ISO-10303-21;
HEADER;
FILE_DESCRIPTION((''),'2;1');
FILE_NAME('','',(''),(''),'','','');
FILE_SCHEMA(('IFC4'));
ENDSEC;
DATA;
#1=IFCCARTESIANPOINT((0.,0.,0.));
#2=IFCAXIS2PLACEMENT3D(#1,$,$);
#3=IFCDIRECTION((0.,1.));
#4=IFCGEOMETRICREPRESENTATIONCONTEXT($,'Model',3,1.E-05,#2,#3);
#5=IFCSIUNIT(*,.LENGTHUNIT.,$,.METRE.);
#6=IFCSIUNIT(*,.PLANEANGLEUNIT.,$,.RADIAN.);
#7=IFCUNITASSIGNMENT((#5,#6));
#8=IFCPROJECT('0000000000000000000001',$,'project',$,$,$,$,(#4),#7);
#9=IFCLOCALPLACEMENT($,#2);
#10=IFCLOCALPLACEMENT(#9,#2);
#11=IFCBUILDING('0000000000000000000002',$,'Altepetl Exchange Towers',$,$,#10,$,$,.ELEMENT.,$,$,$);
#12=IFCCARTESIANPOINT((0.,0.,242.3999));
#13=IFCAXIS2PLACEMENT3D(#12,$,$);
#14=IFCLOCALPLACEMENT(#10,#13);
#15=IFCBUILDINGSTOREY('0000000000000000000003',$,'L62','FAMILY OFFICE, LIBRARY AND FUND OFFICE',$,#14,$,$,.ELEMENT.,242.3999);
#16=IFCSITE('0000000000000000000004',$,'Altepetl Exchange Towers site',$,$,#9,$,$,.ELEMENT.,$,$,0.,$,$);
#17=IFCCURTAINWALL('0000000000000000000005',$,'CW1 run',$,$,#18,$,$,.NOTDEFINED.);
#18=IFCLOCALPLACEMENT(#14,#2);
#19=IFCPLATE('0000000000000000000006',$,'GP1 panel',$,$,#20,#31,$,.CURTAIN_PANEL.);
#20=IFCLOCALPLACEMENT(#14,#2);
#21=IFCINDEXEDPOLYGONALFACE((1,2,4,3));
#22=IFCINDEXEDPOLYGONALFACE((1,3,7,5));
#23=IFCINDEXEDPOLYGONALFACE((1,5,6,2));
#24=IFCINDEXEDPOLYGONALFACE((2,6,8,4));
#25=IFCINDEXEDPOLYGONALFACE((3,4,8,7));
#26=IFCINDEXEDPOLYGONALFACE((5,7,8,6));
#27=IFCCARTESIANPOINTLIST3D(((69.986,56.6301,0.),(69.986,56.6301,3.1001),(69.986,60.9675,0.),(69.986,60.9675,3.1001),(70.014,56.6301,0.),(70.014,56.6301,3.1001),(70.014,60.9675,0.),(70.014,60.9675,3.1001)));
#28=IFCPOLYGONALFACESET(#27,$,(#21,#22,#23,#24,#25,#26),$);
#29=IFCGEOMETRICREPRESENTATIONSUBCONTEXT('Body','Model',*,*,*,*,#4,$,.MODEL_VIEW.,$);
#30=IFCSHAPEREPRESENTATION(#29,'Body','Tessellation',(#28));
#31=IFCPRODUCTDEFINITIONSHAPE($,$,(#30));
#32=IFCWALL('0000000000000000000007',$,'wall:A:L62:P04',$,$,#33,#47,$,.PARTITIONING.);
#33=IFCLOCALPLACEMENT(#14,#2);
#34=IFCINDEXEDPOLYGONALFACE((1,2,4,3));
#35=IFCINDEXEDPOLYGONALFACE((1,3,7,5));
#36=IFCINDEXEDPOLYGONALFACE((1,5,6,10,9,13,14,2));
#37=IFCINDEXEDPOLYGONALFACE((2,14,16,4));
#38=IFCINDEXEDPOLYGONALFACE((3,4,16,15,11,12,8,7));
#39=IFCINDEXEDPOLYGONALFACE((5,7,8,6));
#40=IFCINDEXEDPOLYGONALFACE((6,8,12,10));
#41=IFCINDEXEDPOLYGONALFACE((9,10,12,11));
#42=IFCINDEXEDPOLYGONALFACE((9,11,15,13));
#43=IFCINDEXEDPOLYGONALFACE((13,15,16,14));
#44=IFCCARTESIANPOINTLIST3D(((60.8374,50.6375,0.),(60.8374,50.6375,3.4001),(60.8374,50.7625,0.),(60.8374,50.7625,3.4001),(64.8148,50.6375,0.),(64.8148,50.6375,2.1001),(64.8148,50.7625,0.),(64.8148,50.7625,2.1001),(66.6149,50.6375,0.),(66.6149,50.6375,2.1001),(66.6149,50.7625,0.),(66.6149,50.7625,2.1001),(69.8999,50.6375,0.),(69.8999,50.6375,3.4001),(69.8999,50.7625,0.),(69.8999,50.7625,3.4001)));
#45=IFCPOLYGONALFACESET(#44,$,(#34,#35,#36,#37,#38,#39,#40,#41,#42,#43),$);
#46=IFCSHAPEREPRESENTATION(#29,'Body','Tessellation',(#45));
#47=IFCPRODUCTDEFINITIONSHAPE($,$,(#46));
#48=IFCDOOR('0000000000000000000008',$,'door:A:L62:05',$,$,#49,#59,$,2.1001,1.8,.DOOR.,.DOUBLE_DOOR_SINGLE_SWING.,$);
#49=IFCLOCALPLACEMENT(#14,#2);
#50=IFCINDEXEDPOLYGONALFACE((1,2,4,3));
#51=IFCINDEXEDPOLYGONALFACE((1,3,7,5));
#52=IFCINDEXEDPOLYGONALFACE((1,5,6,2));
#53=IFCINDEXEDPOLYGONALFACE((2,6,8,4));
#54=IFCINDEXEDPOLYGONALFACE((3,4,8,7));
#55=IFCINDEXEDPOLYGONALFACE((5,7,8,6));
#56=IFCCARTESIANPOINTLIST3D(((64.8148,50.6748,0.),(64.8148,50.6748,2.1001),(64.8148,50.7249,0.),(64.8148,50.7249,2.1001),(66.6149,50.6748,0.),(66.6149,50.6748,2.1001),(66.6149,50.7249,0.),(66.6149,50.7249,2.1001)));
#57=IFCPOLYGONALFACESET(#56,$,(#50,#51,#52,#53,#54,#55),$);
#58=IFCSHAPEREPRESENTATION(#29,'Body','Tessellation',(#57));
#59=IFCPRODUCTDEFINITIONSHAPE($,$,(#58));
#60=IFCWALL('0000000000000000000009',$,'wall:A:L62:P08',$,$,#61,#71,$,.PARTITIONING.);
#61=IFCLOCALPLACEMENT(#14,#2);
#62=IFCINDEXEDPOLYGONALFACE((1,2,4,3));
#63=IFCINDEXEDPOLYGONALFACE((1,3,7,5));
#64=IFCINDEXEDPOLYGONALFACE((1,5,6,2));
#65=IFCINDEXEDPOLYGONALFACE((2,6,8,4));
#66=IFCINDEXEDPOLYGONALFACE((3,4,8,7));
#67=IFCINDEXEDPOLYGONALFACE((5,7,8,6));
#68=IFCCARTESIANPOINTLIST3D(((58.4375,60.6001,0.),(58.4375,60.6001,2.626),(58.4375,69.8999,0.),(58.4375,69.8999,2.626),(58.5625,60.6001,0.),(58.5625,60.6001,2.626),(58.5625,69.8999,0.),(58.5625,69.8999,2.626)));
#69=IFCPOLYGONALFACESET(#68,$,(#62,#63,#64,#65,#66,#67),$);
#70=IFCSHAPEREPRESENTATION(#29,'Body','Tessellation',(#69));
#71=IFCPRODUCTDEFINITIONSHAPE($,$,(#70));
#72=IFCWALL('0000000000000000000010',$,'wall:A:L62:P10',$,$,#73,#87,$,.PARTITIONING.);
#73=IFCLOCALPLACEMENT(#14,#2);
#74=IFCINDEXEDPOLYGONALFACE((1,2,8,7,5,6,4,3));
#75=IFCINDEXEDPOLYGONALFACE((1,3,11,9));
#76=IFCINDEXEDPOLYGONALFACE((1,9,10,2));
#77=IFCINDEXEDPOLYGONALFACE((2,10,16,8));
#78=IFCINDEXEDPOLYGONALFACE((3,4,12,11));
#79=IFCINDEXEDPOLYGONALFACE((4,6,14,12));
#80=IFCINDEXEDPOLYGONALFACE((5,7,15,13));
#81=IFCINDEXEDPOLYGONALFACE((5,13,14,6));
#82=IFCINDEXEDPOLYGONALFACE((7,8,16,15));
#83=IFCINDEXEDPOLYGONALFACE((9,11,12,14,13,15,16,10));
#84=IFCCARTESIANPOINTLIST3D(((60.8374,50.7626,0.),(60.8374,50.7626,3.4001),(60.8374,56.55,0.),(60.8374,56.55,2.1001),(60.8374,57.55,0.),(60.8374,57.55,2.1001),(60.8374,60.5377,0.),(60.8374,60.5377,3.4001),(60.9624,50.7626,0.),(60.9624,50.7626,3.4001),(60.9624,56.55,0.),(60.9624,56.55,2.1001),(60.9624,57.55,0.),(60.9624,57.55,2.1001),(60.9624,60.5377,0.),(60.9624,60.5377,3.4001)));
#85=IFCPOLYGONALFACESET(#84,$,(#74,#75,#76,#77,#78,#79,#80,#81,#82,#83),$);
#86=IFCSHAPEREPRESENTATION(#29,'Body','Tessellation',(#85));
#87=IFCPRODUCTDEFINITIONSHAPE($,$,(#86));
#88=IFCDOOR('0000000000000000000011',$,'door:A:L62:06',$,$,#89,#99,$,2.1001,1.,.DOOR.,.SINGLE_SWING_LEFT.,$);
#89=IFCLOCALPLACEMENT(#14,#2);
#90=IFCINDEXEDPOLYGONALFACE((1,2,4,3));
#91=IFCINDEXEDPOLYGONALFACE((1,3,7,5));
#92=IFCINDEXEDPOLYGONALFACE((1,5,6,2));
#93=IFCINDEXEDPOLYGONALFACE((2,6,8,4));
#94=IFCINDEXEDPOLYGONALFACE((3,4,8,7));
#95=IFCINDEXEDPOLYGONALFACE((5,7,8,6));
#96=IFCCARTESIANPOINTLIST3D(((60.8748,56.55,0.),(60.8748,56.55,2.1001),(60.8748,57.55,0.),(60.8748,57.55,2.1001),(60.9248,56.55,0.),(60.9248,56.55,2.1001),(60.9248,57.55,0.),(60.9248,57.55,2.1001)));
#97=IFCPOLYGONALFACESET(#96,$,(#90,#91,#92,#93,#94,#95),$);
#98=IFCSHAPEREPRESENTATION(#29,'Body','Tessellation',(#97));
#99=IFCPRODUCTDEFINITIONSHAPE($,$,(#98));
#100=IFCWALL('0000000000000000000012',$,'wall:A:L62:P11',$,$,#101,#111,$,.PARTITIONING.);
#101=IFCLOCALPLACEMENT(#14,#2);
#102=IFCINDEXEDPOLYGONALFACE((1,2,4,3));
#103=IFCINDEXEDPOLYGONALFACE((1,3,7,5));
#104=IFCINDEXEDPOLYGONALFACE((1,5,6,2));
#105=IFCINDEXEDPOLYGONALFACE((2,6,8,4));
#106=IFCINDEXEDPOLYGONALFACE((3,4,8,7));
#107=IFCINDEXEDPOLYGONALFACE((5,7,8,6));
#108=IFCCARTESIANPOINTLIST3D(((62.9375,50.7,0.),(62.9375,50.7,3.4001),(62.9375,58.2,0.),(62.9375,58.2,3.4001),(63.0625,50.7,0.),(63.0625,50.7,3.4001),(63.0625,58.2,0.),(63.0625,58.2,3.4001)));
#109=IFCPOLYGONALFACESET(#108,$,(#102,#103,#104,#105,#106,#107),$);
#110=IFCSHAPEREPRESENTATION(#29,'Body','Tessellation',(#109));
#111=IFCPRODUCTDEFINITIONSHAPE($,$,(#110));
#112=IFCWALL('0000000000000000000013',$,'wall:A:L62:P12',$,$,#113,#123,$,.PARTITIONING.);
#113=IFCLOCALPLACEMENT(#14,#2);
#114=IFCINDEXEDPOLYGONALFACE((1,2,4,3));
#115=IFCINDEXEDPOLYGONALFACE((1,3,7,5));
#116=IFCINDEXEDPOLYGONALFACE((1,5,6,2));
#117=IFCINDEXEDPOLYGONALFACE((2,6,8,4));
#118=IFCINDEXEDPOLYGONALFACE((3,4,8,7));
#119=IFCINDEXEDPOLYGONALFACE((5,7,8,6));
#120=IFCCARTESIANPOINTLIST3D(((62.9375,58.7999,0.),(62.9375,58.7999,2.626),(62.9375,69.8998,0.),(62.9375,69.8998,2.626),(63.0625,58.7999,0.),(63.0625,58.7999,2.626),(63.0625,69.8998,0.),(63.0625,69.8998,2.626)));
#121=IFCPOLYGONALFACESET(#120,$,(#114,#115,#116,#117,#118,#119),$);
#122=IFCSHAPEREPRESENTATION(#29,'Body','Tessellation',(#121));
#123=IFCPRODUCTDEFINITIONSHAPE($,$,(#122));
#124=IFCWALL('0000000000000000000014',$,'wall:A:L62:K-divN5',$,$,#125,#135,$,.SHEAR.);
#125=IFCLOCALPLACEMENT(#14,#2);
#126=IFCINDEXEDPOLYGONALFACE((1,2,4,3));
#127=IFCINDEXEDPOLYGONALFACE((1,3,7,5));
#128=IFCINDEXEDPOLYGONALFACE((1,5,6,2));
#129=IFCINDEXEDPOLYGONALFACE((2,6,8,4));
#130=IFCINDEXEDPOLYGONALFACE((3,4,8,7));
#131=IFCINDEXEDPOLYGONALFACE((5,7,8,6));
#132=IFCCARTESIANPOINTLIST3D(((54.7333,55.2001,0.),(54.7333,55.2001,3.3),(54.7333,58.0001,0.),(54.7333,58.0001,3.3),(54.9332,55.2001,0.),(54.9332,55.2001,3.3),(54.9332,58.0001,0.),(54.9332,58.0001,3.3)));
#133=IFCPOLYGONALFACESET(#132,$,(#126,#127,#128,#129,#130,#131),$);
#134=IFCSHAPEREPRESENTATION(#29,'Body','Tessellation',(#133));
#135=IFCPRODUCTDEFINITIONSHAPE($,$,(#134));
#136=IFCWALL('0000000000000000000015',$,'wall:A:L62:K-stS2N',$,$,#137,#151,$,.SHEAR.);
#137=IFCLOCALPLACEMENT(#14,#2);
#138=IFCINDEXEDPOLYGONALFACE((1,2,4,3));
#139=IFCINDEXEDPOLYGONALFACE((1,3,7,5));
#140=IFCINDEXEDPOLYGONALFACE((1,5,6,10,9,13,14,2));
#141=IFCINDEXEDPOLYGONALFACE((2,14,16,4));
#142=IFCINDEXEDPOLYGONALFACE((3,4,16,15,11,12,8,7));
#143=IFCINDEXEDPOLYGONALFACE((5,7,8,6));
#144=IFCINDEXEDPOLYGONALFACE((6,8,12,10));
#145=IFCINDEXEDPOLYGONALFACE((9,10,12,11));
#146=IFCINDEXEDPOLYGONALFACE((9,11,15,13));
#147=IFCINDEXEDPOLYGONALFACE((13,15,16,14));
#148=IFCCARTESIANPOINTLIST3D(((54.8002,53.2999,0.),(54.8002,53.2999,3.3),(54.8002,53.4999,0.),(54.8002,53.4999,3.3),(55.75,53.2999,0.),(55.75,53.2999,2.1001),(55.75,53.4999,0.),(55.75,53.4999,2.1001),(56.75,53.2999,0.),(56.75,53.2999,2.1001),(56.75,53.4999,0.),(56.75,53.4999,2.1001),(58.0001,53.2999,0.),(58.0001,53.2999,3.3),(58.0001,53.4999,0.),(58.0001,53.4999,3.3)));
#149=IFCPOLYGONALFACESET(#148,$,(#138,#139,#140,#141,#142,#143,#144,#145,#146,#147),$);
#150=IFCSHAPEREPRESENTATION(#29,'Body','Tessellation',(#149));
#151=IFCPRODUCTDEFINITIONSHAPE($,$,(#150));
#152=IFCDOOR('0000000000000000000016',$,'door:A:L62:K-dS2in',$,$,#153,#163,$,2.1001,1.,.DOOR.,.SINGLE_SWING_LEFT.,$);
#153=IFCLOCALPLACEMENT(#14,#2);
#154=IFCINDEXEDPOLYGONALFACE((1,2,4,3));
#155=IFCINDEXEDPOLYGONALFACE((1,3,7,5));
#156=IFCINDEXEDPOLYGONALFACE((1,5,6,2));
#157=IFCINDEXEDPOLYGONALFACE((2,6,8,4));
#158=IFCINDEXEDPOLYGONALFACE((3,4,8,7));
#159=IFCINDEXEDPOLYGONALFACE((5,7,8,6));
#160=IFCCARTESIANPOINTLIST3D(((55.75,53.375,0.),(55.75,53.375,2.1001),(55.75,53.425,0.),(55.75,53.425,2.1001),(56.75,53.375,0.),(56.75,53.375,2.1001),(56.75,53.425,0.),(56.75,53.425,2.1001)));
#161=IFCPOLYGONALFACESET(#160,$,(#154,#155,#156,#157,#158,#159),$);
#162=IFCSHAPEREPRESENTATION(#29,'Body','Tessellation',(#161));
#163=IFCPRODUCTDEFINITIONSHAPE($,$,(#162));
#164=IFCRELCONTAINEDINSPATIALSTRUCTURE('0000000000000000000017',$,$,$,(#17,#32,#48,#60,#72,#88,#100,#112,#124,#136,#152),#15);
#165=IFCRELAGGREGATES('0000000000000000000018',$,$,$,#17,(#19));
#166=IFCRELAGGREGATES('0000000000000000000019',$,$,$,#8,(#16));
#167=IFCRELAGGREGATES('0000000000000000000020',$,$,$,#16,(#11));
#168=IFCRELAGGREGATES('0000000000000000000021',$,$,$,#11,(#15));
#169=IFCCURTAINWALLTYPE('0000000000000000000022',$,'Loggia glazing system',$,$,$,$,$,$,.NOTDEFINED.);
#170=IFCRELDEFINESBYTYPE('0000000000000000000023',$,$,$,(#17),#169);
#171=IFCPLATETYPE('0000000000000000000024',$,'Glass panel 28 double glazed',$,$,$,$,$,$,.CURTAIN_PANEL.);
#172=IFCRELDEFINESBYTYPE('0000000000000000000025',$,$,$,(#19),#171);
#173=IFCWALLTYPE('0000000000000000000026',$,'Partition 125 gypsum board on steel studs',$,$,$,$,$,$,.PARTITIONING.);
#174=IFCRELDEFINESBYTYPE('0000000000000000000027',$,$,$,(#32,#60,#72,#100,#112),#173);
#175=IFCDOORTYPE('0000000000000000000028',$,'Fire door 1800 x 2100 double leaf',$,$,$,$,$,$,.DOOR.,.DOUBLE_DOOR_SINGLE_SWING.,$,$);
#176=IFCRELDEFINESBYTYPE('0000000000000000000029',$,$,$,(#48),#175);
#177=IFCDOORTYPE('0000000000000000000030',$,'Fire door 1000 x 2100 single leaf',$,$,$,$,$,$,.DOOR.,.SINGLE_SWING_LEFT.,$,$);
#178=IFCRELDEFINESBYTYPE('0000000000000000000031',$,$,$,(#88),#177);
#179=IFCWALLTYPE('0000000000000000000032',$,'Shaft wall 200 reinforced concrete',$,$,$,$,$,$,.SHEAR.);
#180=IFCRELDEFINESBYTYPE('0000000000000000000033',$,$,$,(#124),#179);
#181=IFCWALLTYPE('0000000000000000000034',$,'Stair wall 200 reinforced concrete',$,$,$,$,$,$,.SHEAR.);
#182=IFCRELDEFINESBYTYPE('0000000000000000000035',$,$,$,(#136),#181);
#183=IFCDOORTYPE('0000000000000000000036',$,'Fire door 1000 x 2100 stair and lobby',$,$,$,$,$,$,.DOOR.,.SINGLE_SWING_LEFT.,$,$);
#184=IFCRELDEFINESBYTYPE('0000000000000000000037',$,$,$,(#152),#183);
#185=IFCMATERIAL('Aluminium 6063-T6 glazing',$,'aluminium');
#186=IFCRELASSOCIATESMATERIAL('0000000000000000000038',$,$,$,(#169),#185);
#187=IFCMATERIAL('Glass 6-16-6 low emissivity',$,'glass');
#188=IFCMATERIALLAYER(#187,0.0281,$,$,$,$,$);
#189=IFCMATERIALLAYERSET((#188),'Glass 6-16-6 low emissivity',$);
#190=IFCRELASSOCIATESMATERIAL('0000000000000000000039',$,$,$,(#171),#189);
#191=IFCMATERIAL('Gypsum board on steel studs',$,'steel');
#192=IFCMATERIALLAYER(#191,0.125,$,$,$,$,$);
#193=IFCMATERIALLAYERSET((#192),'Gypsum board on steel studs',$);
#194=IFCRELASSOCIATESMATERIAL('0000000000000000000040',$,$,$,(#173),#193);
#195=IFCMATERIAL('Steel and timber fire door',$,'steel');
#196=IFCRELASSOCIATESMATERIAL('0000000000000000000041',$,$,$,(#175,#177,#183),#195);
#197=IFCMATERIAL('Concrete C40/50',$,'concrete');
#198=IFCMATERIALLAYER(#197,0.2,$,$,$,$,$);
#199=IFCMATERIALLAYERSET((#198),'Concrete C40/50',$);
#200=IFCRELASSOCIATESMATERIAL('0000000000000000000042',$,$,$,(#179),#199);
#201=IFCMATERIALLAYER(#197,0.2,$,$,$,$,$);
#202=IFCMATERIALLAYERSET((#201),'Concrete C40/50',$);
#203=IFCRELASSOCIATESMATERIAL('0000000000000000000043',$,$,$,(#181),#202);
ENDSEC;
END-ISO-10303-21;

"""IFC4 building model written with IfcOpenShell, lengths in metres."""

from ifc_helpers import new_model, si_unit, direction, frame, frame_2d, origin, origin_2d, place, context, subcontext, project, spatial, rectangle, extrude, material, layer, layer_set, type_object, element, fill, aggregate, save


model = new_model("IFC4")

# Units and contexts
model_context = context("Model", 3, precision=1e-05, world=origin(), true_north=direction((0.0, 1.0)))
body_context = subcontext(model_context, "Body", "Model", "MODEL_VIEW")
ifc_project = project(units=[si_unit("LENGTHUNIT", "METRE"), si_unit("PLANEANGLEUNIT", "RADIAN")], contexts=[model_context])

# Site, building, storey
site_placement = place(None, origin())
site = spatial("IfcSite", under=ifc_project, at=site_placement, Name="Altepetl Exchange Towers site", CompositionType="ELEMENT", RefElevation=0.0)
building_placement = place(site_placement, origin())
building = spatial("IfcBuilding", under=site, at=building_placement, Name="Altepetl Exchange Towers", CompositionType="ELEMENT")
storey_placement = place(building_placement, frame((0.0, 0.0, 242.3999)))
storey = spatial("IfcBuildingStorey", under=building, at=storey_placement, Name="L62", Description="FAMILY OFFICE, LIBRARY AND FUND OFFICE", CompositionType="ELEMENT", Elevation=242.3999)

# Curtain wall
ifc_material_1 = material(Name="Aluminium 6063-T6 glazing", Category="aluminium")
curtain_wall_type = type_object("IfcCurtainWallType", Name="Loggia glazing system", PredefinedType="NOTDEFINED", material=ifc_material_1)
curtain_wall_1_placement = place(storey_placement, origin())
curtain_wall_1 = element("IfcCurtainWall", 1, at=curtain_wall_1_placement, inside=storey, type_object=curtain_wall_type, Name="CW1 run", PredefinedType="NOTDEFINED")

# Plate
ifc_material_2 = material(Name="Glass 6-16-6 low emissivity", Category="glass")
ifc_layer_1 = layer(ifc_material_2, 0.0281)
ifc_layer_set_1 = layer_set([ifc_layer_1], Name="Glass 6-16-6 low emissivity")
plate_type = type_object("IfcPlateType", Name="Glass panel 28 double glazed", PredefinedType="CURTAIN_PANEL", material=ifc_layer_set_1)
plate_1_placement = place(storey_placement, frame((70.0, 58.7988, 0.0), z_axis=(0.0, 0.0, 1.0), x_axis=(0.0, 1.0, 0.0)))
plate_1 = element("IfcPlate", 2, at=plate_1_placement, type_object=plate_type, Name="GP1 panel", PredefinedType="CURTAIN_PANEL", context=body_context, shape_type="SweptSolid", body=[
    extrude(rectangle(XDim=4.3374, YDim=0.0281, at=origin_2d()), origin(), (0.0, 0.0, 1.0), 3.1001),
])
aggregate(curtain_wall_1, [plate_1])

# Wall, opening, door
ifc_material_3 = material(Name="Gypsum board on steel studs", Category="steel")
ifc_layer_2 = layer(ifc_material_3, 0.125)
ifc_layer_set_2 = layer_set([ifc_layer_2], Name="Gypsum board on steel studs")
wall_type_1 = type_object("IfcWallType", Name="Partition 125 gypsum board on steel studs", PredefinedType="PARTITIONING", material=ifc_layer_set_2)
wall_1_placement = place(storey_placement, frame((60.8374, 50.7, 0.0)))
wall_1 = element("IfcWall", 3, at=wall_1_placement, inside=storey, type_object=wall_type_1, Name="wall:A:L62:P04", PredefinedType="PARTITIONING", context=body_context, shape_type="SweptSolid", body=[
    extrude(rectangle(XDim=9.0625, YDim=0.125, at=frame_2d((4.5312, 0.0))), origin(), (0.0, 0.0, 1.0), 3.4001),
])
opening_1_placement = place(wall_1_placement, frame((3.9775, 0.0, 0.0)))
opening_1 = element("IfcOpeningElement", 4, at=opening_1_placement, cuts=wall_1, PredefinedType="OPENING", context=body_context, shape_type="SweptSolid", body=[
    extrude(rectangle(XDim=1.8, YDim=2.1001, at=frame_2d((0.8999, 1.05))), frame((0.0, 0.0725, 0.0), z_axis=(0.0, -1.0, 0.0), x_axis=(1.0, 0.0, 0.0)), (0.0, 0.0, 1.0), 0.145),
])
ifc_material_4 = material(Name="Steel and timber fire door", Category="steel")
door_type_1 = type_object("IfcDoorType", Name="Fire door 1800 x 2100 double leaf", OperationType="DOUBLE_DOOR_SINGLE_SWING", PredefinedType="DOOR", material=ifc_material_4)
door_1_placement = place(opening_1_placement, origin())
door_1 = element("IfcDoor", 5, at=door_1_placement, inside=storey, type_object=door_type_1, Name="door:A:L62:05", OperationType="DOUBLE_DOOR_SINGLE_SWING", OverallHeight=2.1001, OverallWidth=1.8, PredefinedType="DOOR", context=body_context, shape_type="SweptSolid", body=[
    extrude(rectangle(XDim=1.8, YDim=2.1001, at=frame_2d((0.8999, 1.05))), frame((0.0, 0.0249, 0.0), z_axis=(0.0, -1.0, 0.0), x_axis=(1.0, 0.0, 0.0)), (0.0, 0.0, 1.0), 0.05),
])
fill(opening_1, door_1)

# Wall
wall_2_placement = place(storey_placement, frame((58.5, 60.6001, 0.0), z_axis=(0.0, 0.0, 1.0), x_axis=(0.0, 1.0, 0.0)))
element("IfcWall", 6, at=wall_2_placement, inside=storey, type_object=wall_type_1, Name="wall:A:L62:P08", PredefinedType="PARTITIONING", context=body_context, shape_type="SweptSolid", body=[
    extrude(rectangle(XDim=9.2998, YDim=0.125, at=frame_2d((4.6499, 0.0))), origin(), (0.0, 0.0, 1.0), 2.626),
])

# Wall, opening, door
wall_3_placement = place(storey_placement, frame((60.8999, 50.7625, 0.0), z_axis=(0.0, 0.0, 1.0), x_axis=(0.0, 1.0, 0.0)))
wall_3 = element("IfcWall", 7, at=wall_3_placement, inside=storey, type_object=wall_type_1, Name="wall:A:L62:P10", PredefinedType="PARTITIONING", context=body_context, shape_type="SweptSolid", body=[
    extrude(rectangle(XDim=9.7751, YDim=0.125, at=frame_2d((4.8877, 0.0))), origin(), (0.0, 0.0, 1.0), 3.4001),
])
opening_2_placement = place(wall_3_placement, frame((5.7876, 0.0, 0.0)))
opening_2 = element("IfcOpeningElement", 8, at=opening_2_placement, cuts=wall_3, PredefinedType="OPENING", context=body_context, shape_type="SweptSolid", body=[
    extrude(rectangle(XDim=1.0, YDim=2.1001, at=frame_2d((0.5, 1.05))), frame((0.0, 0.0725, 0.0), z_axis=(0.0, -1.0, 0.0), x_axis=(1.0, 0.0, 0.0)), (0.0, 0.0, 1.0), 0.145),
])
door_type_2 = type_object("IfcDoorType", Name="Fire door 1000 x 2100 single leaf", OperationType="SINGLE_SWING_LEFT", PredefinedType="DOOR", material=ifc_material_4)
door_2_placement = place(opening_2_placement, frame((1.0, 0.0, 0.0), x_axis=(-1.0, 0.0, 0.0)))
door_2 = element("IfcDoor", 9, at=door_2_placement, inside=storey, type_object=door_type_2, Name="door:A:L62:06", OperationType="SINGLE_SWING_LEFT", OverallHeight=2.1001, OverallWidth=1.0, PredefinedType="DOOR", context=body_context, shape_type="SweptSolid", body=[
    extrude(rectangle(XDim=1.0, YDim=2.1001, at=frame_2d((0.5, 1.05))), frame((0.0, 0.0249, 0.0), z_axis=(0.0, -1.0, 0.0), x_axis=(1.0, 0.0, 0.0)), (0.0, 0.0, 1.0), 0.05),
])
fill(opening_2, door_2)

# Walls
wall_4_placement = place(storey_placement, frame((63.0, 50.7, 0.0), z_axis=(0.0, 0.0, 1.0), x_axis=(0.0, 1.0, 0.0)))
element("IfcWall", 10, at=wall_4_placement, inside=storey, type_object=wall_type_1, Name="wall:A:L62:P11", PredefinedType="PARTITIONING", context=body_context, shape_type="SweptSolid", body=[
    extrude(rectangle(XDim=7.5, YDim=0.125, at=frame_2d((3.75, 0.0))), origin(), (0.0, 0.0, 1.0), 3.4001),
])
wall_5_placement = place(storey_placement, frame((63.0, 58.8, 0.0), z_axis=(0.0, 0.0, 1.0), x_axis=(0.0, 1.0, 0.0)))
element("IfcWall", 11, at=wall_5_placement, inside=storey, type_object=wall_type_1, Name="wall:A:L62:P12", PredefinedType="PARTITIONING", context=body_context, shape_type="SweptSolid", body=[
    extrude(rectangle(XDim=11.0999, YDim=0.125, at=frame_2d((5.5498, 0.0))), origin(), (0.0, 0.0, 1.0), 2.626),
])
ifc_material_5 = material(Name="Concrete C40/50", Category="concrete")
ifc_layer_3 = layer(ifc_material_5, 0.2)
ifc_layer_set_3 = layer_set([ifc_layer_3], Name="Concrete C40/50")
wall_type_2 = type_object("IfcWallType", Name="Shaft wall 200 reinforced concrete", PredefinedType="SHEAR", material=ifc_layer_set_3)
wall_6_placement = place(storey_placement, frame((54.8333, 58.0, 0.0), z_axis=(0.0, 0.0, 1.0), x_axis=(0.0, -1.0, 0.0)))
element("IfcWall", 12, at=wall_6_placement, inside=storey, type_object=wall_type_2, Name="wall:A:L62:K-divN5", PredefinedType="SHEAR", context=body_context, shape_type="SweptSolid", body=[
    extrude(rectangle(XDim=2.8, YDim=0.2, at=frame_2d((1.3999, 0.0))), origin(), (0.0, 0.0, 1.0), 3.3),
])

# Wall, opening, door
ifc_layer_4 = layer(ifc_material_5, 0.2)
ifc_layer_set_4 = layer_set([ifc_layer_4], Name="Concrete C40/50")
wall_type_3 = type_object("IfcWallType", Name="Stair wall 200 reinforced concrete", PredefinedType="SHEAR", material=ifc_layer_set_4)
wall_7_placement = place(storey_placement, frame((54.8, 53.3999, 0.0)))
wall_7 = element("IfcWall", 13, at=wall_7_placement, inside=storey, type_object=wall_type_3, Name="wall:A:L62:K-stS2N", PredefinedType="SHEAR", context=body_context, shape_type="SweptSolid", body=[
    extrude(rectangle(XDim=3.2, YDim=0.2, at=frame_2d((1.6001, 0.0))), origin(), (0.0, 0.0, 1.0), 3.3),
])
opening_3_placement = place(wall_7_placement, frame((0.95, 0.0, 0.0)))
opening_3 = element("IfcOpeningElement", 14, at=opening_3_placement, cuts=wall_7, PredefinedType="OPENING", context=body_context, shape_type="SweptSolid", body=[
    extrude(rectangle(XDim=1.0, YDim=2.1001, at=frame_2d((0.5, 1.05))), frame((0.0, 0.1099, 0.0), z_axis=(0.0, -1.0, 0.0), x_axis=(1.0, 0.0, 0.0)), (0.0, 0.0, 1.0), 0.22),
])
door_type_3 = type_object("IfcDoorType", Name="Fire door 1000 x 2100 stair and lobby", OperationType="SINGLE_SWING_LEFT", PredefinedType="DOOR", material=ifc_material_4)
door_3_placement = place(opening_3_placement, frame((1.0, 0.0, 0.0), x_axis=(-1.0, 0.0, 0.0)))
door_3 = element("IfcDoor", 15, at=door_3_placement, inside=storey, type_object=door_type_3, Name="door:A:L62:K-dS2in", OperationType="SINGLE_SWING_LEFT", OverallHeight=2.1001, OverallWidth=1.0, PredefinedType="DOOR", context=body_context, shape_type="SweptSolid", body=[
    extrude(rectangle(XDim=1.0, YDim=2.1001, at=frame_2d((0.5, 1.05))), frame((0.0, 0.0249, 0.0), z_axis=(0.0, -1.0, 0.0), x_axis=(1.0, 0.0, 0.0)), (0.0, 0.0, 1.0), 0.05),
])
fill(opening_3, door_3)

save(model, "model.ifc")
